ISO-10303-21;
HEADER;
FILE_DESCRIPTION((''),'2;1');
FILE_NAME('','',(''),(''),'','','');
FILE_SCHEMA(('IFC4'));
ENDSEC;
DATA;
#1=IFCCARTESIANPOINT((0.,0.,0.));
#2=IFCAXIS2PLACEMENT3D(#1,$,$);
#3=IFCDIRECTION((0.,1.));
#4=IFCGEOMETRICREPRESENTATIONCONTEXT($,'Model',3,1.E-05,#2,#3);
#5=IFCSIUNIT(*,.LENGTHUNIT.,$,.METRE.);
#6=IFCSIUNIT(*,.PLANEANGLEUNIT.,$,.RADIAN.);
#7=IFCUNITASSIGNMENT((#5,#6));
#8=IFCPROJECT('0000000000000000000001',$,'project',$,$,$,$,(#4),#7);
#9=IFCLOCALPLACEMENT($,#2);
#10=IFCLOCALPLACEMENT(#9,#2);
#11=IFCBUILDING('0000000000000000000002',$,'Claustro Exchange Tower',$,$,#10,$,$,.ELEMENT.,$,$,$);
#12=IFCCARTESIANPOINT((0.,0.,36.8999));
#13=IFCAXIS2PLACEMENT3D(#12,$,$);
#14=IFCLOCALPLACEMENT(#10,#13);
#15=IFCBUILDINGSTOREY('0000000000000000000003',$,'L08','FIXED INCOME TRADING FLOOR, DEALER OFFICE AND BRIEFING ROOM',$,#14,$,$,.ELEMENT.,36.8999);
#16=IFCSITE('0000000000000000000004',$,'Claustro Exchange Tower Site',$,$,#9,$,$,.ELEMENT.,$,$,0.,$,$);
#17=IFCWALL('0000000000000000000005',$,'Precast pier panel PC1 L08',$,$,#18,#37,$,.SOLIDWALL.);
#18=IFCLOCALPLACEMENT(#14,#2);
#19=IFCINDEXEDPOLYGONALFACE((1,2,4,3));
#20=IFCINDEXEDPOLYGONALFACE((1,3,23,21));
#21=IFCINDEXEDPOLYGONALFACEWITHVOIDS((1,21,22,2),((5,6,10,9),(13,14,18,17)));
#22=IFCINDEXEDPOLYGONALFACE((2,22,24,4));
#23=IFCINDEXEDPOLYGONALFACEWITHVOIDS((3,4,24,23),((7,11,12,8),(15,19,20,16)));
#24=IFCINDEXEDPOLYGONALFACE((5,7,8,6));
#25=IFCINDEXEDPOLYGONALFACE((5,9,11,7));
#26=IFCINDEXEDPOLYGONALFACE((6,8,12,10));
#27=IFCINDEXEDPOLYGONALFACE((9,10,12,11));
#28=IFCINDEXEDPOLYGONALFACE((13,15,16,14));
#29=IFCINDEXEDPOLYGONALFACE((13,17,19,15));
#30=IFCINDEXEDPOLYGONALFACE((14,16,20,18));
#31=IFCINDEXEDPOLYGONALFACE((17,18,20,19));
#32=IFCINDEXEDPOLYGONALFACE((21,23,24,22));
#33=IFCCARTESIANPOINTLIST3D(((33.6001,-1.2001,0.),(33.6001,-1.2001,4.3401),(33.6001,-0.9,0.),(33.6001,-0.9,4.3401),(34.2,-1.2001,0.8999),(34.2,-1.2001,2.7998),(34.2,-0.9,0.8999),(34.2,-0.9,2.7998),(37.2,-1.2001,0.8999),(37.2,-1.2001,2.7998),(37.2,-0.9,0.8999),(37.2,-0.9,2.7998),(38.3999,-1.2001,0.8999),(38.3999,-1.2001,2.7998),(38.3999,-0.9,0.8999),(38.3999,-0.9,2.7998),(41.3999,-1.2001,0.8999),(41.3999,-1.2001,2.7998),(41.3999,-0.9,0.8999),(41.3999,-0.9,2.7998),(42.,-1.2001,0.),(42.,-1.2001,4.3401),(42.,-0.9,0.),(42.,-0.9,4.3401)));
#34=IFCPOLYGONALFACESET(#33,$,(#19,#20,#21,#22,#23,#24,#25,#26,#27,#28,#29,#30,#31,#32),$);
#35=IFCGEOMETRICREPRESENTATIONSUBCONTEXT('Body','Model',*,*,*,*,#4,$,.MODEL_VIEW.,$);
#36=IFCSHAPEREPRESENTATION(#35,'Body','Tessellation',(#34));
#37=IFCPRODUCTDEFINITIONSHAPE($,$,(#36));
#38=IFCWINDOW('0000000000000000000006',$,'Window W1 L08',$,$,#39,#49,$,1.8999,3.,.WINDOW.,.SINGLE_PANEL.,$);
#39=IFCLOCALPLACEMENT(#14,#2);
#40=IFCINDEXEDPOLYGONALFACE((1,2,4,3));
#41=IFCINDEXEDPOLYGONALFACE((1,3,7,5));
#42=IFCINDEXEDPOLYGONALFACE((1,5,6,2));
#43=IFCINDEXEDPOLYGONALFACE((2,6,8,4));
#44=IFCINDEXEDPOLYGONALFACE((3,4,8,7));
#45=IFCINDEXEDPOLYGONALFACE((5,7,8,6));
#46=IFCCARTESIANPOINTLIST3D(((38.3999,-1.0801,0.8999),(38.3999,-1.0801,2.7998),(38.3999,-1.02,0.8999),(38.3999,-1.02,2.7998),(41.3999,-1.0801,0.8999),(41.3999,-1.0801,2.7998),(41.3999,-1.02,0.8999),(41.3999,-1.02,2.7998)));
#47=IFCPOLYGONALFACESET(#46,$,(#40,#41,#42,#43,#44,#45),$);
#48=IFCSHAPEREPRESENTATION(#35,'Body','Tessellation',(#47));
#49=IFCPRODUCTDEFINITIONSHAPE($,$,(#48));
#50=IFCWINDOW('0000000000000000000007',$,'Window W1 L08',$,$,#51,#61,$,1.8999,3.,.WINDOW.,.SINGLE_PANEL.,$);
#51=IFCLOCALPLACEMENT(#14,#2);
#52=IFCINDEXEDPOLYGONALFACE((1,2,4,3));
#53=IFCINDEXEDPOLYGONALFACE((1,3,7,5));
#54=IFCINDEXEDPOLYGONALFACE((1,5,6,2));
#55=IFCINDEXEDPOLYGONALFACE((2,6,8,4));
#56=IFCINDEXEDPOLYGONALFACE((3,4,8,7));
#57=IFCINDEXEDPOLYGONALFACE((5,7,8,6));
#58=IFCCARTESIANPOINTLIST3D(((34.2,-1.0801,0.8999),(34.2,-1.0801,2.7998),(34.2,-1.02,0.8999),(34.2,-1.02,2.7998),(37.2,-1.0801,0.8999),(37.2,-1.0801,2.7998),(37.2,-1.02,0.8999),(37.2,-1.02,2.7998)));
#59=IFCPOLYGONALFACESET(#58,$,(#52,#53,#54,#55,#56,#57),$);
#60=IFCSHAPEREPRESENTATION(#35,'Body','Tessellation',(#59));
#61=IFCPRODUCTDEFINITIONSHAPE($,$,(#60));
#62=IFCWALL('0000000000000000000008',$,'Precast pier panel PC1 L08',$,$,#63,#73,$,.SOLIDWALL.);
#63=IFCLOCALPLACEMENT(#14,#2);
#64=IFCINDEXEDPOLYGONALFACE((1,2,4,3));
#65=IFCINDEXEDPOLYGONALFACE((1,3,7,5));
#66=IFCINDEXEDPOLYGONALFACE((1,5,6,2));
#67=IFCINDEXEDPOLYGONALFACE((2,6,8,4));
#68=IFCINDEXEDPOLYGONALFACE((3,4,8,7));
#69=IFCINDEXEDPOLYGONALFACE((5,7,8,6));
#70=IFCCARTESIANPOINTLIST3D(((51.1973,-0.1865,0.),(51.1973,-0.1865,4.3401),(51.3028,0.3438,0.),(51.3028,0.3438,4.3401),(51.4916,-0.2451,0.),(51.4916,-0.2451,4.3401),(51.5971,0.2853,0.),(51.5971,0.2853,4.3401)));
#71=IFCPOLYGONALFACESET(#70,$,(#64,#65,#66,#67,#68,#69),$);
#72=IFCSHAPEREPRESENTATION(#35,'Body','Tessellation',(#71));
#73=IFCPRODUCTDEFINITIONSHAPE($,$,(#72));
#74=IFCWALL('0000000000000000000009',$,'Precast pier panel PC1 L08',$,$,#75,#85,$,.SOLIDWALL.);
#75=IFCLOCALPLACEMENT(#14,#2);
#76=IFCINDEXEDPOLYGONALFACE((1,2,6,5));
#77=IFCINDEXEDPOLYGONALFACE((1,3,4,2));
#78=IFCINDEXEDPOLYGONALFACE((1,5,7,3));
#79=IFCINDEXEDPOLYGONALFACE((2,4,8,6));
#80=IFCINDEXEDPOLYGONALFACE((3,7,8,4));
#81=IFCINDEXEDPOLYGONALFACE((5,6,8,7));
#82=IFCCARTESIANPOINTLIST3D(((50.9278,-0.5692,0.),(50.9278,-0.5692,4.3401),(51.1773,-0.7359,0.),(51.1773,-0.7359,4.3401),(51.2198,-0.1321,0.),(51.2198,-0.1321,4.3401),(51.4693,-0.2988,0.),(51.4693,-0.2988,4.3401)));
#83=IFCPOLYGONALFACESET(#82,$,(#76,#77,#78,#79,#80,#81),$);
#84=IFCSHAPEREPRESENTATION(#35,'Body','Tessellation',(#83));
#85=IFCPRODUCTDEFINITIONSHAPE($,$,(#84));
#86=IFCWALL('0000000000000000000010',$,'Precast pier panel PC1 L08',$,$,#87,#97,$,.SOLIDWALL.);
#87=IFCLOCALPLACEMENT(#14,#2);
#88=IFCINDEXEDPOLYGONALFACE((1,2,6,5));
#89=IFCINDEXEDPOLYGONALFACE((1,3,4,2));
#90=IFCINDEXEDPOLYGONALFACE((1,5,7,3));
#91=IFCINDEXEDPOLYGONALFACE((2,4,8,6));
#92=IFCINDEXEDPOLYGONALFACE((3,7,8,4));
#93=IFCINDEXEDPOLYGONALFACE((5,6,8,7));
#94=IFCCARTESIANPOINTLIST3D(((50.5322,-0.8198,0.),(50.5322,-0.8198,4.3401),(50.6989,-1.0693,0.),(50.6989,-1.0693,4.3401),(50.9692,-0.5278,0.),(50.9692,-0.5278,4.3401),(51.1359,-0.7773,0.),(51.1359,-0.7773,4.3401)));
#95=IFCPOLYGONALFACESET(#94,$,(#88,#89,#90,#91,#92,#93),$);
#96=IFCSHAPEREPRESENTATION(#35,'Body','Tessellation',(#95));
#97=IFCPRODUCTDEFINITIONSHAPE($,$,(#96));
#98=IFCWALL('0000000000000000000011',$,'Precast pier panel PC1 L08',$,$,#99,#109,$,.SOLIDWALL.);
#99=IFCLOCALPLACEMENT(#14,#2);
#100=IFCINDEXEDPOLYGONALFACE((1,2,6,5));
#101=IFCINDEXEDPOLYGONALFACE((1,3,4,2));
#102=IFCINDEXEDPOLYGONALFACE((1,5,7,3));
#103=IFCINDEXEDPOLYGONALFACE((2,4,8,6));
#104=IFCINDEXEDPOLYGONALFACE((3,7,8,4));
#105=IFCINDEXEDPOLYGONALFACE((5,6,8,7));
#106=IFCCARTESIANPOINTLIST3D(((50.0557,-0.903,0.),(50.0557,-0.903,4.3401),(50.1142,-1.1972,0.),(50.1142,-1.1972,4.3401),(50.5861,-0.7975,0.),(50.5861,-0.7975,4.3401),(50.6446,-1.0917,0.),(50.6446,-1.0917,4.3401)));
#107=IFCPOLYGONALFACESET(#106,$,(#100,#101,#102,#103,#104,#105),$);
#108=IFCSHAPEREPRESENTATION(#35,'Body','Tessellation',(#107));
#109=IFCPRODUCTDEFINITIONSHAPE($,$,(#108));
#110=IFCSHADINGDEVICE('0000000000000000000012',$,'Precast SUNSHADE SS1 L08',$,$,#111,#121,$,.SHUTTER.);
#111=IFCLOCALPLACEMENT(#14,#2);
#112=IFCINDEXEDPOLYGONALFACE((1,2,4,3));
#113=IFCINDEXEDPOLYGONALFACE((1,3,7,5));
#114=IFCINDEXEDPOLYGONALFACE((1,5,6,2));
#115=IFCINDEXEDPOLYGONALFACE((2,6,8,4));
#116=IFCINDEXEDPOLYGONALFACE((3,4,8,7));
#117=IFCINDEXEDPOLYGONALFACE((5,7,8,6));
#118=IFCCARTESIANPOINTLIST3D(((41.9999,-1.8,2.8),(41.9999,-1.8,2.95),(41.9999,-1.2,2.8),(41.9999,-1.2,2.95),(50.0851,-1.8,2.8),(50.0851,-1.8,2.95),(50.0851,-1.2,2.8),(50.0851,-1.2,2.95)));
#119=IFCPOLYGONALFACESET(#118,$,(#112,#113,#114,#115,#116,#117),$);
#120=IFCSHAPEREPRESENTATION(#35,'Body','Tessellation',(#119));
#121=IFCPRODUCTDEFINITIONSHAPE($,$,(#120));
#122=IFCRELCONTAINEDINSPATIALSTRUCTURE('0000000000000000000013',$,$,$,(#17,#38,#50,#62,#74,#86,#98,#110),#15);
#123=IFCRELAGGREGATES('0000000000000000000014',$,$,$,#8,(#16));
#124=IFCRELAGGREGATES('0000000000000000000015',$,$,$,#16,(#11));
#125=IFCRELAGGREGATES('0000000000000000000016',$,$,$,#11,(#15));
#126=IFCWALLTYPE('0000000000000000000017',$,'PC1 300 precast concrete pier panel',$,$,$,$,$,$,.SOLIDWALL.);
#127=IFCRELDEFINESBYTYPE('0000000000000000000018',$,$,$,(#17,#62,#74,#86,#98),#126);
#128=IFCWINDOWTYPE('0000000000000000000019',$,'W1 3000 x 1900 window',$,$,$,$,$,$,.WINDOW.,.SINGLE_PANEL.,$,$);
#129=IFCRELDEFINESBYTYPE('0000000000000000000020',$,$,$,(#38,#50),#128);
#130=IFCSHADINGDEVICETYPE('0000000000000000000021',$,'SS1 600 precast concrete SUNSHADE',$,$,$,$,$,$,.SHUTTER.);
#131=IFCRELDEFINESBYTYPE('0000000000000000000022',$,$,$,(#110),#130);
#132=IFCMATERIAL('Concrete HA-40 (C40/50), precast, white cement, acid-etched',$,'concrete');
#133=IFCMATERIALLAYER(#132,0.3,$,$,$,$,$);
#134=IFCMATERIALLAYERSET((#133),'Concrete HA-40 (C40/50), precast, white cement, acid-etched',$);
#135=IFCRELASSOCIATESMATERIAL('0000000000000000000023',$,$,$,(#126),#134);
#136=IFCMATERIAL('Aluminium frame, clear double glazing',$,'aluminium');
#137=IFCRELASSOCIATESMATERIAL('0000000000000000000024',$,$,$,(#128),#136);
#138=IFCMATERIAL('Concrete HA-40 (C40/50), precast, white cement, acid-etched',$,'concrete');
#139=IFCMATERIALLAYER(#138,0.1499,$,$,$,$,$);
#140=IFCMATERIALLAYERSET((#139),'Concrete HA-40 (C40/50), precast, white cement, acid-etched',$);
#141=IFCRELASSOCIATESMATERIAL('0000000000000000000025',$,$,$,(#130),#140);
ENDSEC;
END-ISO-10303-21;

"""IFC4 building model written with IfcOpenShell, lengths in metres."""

from ifc_helpers import new_model, si_unit, direction, frame, frame_2d, origin, origin_2d, place, context, subcontext, project, spatial, rectangle, extrude, material, layer, layer_set, type_object, element, fill, save


model = new_model("IFC4")

# Units and contexts
model_context = context("Model", 3, precision=1e-05, world=origin(), true_north=direction((0.0, 1.0)))
body_context = subcontext(model_context, "Body", "Model", "MODEL_VIEW")
ifc_project = project(units=[si_unit("LENGTHUNIT", "METRE"), si_unit("PLANEANGLEUNIT", "RADIAN")], contexts=[model_context])

# Site, building, storey
site_placement = place(None, origin())
site = spatial("IfcSite", under=ifc_project, at=site_placement, Name="Claustro Exchange Tower Site", CompositionType="ELEMENT", RefElevation=0.0)
building_placement = place(site_placement, origin())
building = spatial("IfcBuilding", under=site, at=building_placement, Name="Claustro Exchange Tower", CompositionType="ELEMENT")
storey_placement = place(building_placement, frame((0.0, 0.0, 36.8999)))
storey = spatial("IfcBuildingStorey", under=building, at=storey_placement, Name="L08", Description="FIXED INCOME TRADING FLOOR, DEALER OFFICE AND BRIEFING ROOM", CompositionType="ELEMENT", Elevation=36.8999)

# Wall, openings, windows
ifc_material_1 = material(Name="Concrete HA-40 (C40/50), precast, white cement, acid-etched", Category="concrete")
ifc_layer_1 = layer(ifc_material_1, 0.3)
ifc_layer_set_1 = layer_set([ifc_layer_1], Name="Concrete HA-40 (C40/50), precast, white cement, acid-etched")
wall_type_1 = type_object("IfcWallType", Name="PC1 300 precast concrete pier panel", PredefinedType="SOLIDWALL", material=ifc_layer_set_1)
ifc_material_2 = material(Name="Aluminium frame, clear double glazing", Category="aluminium")
window_type = type_object("IfcWindowType", Name="W1 3000 x 1900 window", PartitioningType="SINGLE_PANEL", PredefinedType="WINDOW", material=ifc_material_2)
wall_1_placement = place(storey_placement, frame((42.0, -1.05, 0.0), z_axis=(0.0, 0.0, 1.0), x_axis=(-1.0, 0.0, 0.0)))
wall_1 = element("IfcWall", 1, at=wall_1_placement, inside=storey, type_object=wall_type_1, Name="Precast pier panel PC1 L08", PredefinedType="SOLIDWALL", context=body_context, shape_type="SweptSolid", body=[
    extrude(rectangle(XDim=8.3999, YDim=0.3, at=frame_2d((4.2, 0.0))), origin(), (0.0, 0.0, 1.0), 4.3401),
])
opening_1_placement = place(wall_1_placement, frame((0.6001, 0.0, 0.8999)))
opening_1 = element("IfcOpeningElement", 2, at=opening_1_placement, cuts=wall_1, PredefinedType="OPENING", context=body_context, shape_type="SweptSolid", body=[
    extrude(rectangle(XDim=3.0, YDim=1.8999, at=frame_2d((1.5, 0.95))), frame((0.0, 0.1599, 0.0), z_axis=(0.0, -1.0, 0.0), x_axis=(1.0, 0.0, 0.0)), (0.0, 0.0, 1.0), 0.3201),
])
opening_2_placement = place(wall_1_placement, frame((4.8, 0.0, 0.8999)))
opening_2 = element("IfcOpeningElement", 3, at=opening_2_placement, cuts=wall_1, PredefinedType="OPENING", context=body_context, shape_type="SweptSolid", body=[
    extrude(rectangle(XDim=3.0, YDim=1.8999, at=frame_2d((1.5, 0.95))), frame((0.0, 0.1599, 0.0), z_axis=(0.0, -1.0, 0.0), x_axis=(1.0, 0.0, 0.0)), (0.0, 0.0, 1.0), 0.3201),
])
window_1_placement = place(opening_1_placement, origin())
window_1 = element("IfcWindow", 4, at=window_1_placement, inside=storey, type_object=window_type, Name="Window W1 L08", OverallHeight=1.8999, OverallWidth=3.0, PartitioningType="SINGLE_PANEL", PredefinedType="WINDOW", context=body_context, shape_type="SweptSolid", body=[
    extrude(rectangle(XDim=3.0, YDim=1.8999, at=frame_2d((1.5, 0.95))), frame((0.0, 0.03, 0.0), z_axis=(0.0, -1.0, 0.0), x_axis=(1.0, 0.0, 0.0)), (0.0, 0.0, 1.0), 0.0601),
])
fill(opening_1, window_1)
window_2_placement = place(opening_2_placement, origin())
window_2 = element("IfcWindow", 5, at=window_2_placement, inside=storey, type_object=window_type, Name="Window W1 L08", OverallHeight=1.8999, OverallWidth=3.0, PartitioningType="SINGLE_PANEL", PredefinedType="WINDOW", context=body_context, shape_type="SweptSolid", body=[
    extrude(rectangle(XDim=3.0, YDim=1.8999, at=frame_2d((1.5, 0.95))), frame((0.0, 0.03, 0.0), z_axis=(0.0, -1.0, 0.0), x_axis=(1.0, 0.0, 0.0)), (0.0, 0.0, 1.0), 0.0601),
])
fill(opening_2, window_2)

# Walls
wall_2_placement = place(storey_placement, frame((51.45, 0.3147, 0.0), z_axis=(0.0, 0.0, 1.0), x_axis=(-0.195074, -0.980789, 0.0)))
element("IfcWall", 6, at=wall_2_placement, inside=storey, type_object=wall_type_1, Name="Precast pier panel PC1 L08", PredefinedType="SOLIDWALL", context=body_context, shape_type="SweptSolid", body=[
    extrude(rectangle(XDim=0.5408, YDim=0.3, at=frame_2d((0.2705, 0.0))), origin(), (0.0, 0.0, 1.0), 4.3401),
])
for number, where, z_axis, x_axis, name in (
    (7, (51.3445, -0.2156, 0.0), (0.0, 0.0, 1.0), (-0.555557, -0.831478, 0.0), "Precast pier panel PC1 L08"),
    (8, (51.0525, -0.6526, 0.0), (0.0, 0.0, 1.0), (-0.831478, -0.555557, 0.0), "Precast pier panel PC1 L08"),
):
    element("IfcWall", number, at=place(storey_placement, frame(where, z_axis=z_axis, x_axis=x_axis)), inside=storey, type_object=wall_type_1, Name=name, PredefinedType="SOLIDWALL", context=body_context, shape_type="SweptSolid", body=[
        extrude(rectangle(XDim=0.5256, YDim=0.3, at=frame_2d((0.2627, 0.0))), origin(), (0.0, 0.0, 1.0), 4.3401),
    ])
wall_3_placement = place(storey_placement, frame((50.6155, -0.9446, 0.0), z_axis=(0.0, 0.0, 1.0), x_axis=(-0.980789, -0.195074, 0.0)))
element("IfcWall", 9, at=wall_3_placement, inside=storey, type_object=wall_type_1, Name="Precast pier panel PC1 L08", PredefinedType="SOLIDWALL", context=body_context, shape_type="SweptSolid", body=[
    extrude(rectangle(XDim=0.5408, YDim=0.3, at=frame_2d((0.2705, 0.0))), origin(), (0.0, 0.0, 1.0), 4.3401),
])

# Shading device
ifc_material_3 = material(Name="Concrete HA-40 (C40/50), precast, white cement, acid-etched", Category="concrete")
ifc_layer_2 = layer(ifc_material_3, 0.1499)
ifc_layer_set_2 = layer_set([ifc_layer_2], Name="Concrete HA-40 (C40/50), precast, white cement, acid-etched")
shading_device_type = type_object("IfcShadingDeviceType", Name="SS1 600 precast concrete SUNSHADE", PredefinedType="SHUTTER", material=ifc_layer_set_2)
shading_device_placement = place(storey_placement, frame((46.0425, -1.5, 2.8), z_axis=(0.0, 0.0, 1.0), x_axis=(-1.0, 0.0, 0.0)))
element("IfcShadingDevice", 10, at=shading_device_placement, inside=storey, type_object=shading_device_type, Name="Precast SUNSHADE SS1 L08", PredefinedType="SHUTTER", context=body_context, shape_type="SweptSolid", body=[
    extrude(rectangle(XDim=8.0852, YDim=0.6001, at=origin_2d()), origin(), (0.0, 0.0, 1.0), 0.1499),
])

save(model, "model.ifc")
